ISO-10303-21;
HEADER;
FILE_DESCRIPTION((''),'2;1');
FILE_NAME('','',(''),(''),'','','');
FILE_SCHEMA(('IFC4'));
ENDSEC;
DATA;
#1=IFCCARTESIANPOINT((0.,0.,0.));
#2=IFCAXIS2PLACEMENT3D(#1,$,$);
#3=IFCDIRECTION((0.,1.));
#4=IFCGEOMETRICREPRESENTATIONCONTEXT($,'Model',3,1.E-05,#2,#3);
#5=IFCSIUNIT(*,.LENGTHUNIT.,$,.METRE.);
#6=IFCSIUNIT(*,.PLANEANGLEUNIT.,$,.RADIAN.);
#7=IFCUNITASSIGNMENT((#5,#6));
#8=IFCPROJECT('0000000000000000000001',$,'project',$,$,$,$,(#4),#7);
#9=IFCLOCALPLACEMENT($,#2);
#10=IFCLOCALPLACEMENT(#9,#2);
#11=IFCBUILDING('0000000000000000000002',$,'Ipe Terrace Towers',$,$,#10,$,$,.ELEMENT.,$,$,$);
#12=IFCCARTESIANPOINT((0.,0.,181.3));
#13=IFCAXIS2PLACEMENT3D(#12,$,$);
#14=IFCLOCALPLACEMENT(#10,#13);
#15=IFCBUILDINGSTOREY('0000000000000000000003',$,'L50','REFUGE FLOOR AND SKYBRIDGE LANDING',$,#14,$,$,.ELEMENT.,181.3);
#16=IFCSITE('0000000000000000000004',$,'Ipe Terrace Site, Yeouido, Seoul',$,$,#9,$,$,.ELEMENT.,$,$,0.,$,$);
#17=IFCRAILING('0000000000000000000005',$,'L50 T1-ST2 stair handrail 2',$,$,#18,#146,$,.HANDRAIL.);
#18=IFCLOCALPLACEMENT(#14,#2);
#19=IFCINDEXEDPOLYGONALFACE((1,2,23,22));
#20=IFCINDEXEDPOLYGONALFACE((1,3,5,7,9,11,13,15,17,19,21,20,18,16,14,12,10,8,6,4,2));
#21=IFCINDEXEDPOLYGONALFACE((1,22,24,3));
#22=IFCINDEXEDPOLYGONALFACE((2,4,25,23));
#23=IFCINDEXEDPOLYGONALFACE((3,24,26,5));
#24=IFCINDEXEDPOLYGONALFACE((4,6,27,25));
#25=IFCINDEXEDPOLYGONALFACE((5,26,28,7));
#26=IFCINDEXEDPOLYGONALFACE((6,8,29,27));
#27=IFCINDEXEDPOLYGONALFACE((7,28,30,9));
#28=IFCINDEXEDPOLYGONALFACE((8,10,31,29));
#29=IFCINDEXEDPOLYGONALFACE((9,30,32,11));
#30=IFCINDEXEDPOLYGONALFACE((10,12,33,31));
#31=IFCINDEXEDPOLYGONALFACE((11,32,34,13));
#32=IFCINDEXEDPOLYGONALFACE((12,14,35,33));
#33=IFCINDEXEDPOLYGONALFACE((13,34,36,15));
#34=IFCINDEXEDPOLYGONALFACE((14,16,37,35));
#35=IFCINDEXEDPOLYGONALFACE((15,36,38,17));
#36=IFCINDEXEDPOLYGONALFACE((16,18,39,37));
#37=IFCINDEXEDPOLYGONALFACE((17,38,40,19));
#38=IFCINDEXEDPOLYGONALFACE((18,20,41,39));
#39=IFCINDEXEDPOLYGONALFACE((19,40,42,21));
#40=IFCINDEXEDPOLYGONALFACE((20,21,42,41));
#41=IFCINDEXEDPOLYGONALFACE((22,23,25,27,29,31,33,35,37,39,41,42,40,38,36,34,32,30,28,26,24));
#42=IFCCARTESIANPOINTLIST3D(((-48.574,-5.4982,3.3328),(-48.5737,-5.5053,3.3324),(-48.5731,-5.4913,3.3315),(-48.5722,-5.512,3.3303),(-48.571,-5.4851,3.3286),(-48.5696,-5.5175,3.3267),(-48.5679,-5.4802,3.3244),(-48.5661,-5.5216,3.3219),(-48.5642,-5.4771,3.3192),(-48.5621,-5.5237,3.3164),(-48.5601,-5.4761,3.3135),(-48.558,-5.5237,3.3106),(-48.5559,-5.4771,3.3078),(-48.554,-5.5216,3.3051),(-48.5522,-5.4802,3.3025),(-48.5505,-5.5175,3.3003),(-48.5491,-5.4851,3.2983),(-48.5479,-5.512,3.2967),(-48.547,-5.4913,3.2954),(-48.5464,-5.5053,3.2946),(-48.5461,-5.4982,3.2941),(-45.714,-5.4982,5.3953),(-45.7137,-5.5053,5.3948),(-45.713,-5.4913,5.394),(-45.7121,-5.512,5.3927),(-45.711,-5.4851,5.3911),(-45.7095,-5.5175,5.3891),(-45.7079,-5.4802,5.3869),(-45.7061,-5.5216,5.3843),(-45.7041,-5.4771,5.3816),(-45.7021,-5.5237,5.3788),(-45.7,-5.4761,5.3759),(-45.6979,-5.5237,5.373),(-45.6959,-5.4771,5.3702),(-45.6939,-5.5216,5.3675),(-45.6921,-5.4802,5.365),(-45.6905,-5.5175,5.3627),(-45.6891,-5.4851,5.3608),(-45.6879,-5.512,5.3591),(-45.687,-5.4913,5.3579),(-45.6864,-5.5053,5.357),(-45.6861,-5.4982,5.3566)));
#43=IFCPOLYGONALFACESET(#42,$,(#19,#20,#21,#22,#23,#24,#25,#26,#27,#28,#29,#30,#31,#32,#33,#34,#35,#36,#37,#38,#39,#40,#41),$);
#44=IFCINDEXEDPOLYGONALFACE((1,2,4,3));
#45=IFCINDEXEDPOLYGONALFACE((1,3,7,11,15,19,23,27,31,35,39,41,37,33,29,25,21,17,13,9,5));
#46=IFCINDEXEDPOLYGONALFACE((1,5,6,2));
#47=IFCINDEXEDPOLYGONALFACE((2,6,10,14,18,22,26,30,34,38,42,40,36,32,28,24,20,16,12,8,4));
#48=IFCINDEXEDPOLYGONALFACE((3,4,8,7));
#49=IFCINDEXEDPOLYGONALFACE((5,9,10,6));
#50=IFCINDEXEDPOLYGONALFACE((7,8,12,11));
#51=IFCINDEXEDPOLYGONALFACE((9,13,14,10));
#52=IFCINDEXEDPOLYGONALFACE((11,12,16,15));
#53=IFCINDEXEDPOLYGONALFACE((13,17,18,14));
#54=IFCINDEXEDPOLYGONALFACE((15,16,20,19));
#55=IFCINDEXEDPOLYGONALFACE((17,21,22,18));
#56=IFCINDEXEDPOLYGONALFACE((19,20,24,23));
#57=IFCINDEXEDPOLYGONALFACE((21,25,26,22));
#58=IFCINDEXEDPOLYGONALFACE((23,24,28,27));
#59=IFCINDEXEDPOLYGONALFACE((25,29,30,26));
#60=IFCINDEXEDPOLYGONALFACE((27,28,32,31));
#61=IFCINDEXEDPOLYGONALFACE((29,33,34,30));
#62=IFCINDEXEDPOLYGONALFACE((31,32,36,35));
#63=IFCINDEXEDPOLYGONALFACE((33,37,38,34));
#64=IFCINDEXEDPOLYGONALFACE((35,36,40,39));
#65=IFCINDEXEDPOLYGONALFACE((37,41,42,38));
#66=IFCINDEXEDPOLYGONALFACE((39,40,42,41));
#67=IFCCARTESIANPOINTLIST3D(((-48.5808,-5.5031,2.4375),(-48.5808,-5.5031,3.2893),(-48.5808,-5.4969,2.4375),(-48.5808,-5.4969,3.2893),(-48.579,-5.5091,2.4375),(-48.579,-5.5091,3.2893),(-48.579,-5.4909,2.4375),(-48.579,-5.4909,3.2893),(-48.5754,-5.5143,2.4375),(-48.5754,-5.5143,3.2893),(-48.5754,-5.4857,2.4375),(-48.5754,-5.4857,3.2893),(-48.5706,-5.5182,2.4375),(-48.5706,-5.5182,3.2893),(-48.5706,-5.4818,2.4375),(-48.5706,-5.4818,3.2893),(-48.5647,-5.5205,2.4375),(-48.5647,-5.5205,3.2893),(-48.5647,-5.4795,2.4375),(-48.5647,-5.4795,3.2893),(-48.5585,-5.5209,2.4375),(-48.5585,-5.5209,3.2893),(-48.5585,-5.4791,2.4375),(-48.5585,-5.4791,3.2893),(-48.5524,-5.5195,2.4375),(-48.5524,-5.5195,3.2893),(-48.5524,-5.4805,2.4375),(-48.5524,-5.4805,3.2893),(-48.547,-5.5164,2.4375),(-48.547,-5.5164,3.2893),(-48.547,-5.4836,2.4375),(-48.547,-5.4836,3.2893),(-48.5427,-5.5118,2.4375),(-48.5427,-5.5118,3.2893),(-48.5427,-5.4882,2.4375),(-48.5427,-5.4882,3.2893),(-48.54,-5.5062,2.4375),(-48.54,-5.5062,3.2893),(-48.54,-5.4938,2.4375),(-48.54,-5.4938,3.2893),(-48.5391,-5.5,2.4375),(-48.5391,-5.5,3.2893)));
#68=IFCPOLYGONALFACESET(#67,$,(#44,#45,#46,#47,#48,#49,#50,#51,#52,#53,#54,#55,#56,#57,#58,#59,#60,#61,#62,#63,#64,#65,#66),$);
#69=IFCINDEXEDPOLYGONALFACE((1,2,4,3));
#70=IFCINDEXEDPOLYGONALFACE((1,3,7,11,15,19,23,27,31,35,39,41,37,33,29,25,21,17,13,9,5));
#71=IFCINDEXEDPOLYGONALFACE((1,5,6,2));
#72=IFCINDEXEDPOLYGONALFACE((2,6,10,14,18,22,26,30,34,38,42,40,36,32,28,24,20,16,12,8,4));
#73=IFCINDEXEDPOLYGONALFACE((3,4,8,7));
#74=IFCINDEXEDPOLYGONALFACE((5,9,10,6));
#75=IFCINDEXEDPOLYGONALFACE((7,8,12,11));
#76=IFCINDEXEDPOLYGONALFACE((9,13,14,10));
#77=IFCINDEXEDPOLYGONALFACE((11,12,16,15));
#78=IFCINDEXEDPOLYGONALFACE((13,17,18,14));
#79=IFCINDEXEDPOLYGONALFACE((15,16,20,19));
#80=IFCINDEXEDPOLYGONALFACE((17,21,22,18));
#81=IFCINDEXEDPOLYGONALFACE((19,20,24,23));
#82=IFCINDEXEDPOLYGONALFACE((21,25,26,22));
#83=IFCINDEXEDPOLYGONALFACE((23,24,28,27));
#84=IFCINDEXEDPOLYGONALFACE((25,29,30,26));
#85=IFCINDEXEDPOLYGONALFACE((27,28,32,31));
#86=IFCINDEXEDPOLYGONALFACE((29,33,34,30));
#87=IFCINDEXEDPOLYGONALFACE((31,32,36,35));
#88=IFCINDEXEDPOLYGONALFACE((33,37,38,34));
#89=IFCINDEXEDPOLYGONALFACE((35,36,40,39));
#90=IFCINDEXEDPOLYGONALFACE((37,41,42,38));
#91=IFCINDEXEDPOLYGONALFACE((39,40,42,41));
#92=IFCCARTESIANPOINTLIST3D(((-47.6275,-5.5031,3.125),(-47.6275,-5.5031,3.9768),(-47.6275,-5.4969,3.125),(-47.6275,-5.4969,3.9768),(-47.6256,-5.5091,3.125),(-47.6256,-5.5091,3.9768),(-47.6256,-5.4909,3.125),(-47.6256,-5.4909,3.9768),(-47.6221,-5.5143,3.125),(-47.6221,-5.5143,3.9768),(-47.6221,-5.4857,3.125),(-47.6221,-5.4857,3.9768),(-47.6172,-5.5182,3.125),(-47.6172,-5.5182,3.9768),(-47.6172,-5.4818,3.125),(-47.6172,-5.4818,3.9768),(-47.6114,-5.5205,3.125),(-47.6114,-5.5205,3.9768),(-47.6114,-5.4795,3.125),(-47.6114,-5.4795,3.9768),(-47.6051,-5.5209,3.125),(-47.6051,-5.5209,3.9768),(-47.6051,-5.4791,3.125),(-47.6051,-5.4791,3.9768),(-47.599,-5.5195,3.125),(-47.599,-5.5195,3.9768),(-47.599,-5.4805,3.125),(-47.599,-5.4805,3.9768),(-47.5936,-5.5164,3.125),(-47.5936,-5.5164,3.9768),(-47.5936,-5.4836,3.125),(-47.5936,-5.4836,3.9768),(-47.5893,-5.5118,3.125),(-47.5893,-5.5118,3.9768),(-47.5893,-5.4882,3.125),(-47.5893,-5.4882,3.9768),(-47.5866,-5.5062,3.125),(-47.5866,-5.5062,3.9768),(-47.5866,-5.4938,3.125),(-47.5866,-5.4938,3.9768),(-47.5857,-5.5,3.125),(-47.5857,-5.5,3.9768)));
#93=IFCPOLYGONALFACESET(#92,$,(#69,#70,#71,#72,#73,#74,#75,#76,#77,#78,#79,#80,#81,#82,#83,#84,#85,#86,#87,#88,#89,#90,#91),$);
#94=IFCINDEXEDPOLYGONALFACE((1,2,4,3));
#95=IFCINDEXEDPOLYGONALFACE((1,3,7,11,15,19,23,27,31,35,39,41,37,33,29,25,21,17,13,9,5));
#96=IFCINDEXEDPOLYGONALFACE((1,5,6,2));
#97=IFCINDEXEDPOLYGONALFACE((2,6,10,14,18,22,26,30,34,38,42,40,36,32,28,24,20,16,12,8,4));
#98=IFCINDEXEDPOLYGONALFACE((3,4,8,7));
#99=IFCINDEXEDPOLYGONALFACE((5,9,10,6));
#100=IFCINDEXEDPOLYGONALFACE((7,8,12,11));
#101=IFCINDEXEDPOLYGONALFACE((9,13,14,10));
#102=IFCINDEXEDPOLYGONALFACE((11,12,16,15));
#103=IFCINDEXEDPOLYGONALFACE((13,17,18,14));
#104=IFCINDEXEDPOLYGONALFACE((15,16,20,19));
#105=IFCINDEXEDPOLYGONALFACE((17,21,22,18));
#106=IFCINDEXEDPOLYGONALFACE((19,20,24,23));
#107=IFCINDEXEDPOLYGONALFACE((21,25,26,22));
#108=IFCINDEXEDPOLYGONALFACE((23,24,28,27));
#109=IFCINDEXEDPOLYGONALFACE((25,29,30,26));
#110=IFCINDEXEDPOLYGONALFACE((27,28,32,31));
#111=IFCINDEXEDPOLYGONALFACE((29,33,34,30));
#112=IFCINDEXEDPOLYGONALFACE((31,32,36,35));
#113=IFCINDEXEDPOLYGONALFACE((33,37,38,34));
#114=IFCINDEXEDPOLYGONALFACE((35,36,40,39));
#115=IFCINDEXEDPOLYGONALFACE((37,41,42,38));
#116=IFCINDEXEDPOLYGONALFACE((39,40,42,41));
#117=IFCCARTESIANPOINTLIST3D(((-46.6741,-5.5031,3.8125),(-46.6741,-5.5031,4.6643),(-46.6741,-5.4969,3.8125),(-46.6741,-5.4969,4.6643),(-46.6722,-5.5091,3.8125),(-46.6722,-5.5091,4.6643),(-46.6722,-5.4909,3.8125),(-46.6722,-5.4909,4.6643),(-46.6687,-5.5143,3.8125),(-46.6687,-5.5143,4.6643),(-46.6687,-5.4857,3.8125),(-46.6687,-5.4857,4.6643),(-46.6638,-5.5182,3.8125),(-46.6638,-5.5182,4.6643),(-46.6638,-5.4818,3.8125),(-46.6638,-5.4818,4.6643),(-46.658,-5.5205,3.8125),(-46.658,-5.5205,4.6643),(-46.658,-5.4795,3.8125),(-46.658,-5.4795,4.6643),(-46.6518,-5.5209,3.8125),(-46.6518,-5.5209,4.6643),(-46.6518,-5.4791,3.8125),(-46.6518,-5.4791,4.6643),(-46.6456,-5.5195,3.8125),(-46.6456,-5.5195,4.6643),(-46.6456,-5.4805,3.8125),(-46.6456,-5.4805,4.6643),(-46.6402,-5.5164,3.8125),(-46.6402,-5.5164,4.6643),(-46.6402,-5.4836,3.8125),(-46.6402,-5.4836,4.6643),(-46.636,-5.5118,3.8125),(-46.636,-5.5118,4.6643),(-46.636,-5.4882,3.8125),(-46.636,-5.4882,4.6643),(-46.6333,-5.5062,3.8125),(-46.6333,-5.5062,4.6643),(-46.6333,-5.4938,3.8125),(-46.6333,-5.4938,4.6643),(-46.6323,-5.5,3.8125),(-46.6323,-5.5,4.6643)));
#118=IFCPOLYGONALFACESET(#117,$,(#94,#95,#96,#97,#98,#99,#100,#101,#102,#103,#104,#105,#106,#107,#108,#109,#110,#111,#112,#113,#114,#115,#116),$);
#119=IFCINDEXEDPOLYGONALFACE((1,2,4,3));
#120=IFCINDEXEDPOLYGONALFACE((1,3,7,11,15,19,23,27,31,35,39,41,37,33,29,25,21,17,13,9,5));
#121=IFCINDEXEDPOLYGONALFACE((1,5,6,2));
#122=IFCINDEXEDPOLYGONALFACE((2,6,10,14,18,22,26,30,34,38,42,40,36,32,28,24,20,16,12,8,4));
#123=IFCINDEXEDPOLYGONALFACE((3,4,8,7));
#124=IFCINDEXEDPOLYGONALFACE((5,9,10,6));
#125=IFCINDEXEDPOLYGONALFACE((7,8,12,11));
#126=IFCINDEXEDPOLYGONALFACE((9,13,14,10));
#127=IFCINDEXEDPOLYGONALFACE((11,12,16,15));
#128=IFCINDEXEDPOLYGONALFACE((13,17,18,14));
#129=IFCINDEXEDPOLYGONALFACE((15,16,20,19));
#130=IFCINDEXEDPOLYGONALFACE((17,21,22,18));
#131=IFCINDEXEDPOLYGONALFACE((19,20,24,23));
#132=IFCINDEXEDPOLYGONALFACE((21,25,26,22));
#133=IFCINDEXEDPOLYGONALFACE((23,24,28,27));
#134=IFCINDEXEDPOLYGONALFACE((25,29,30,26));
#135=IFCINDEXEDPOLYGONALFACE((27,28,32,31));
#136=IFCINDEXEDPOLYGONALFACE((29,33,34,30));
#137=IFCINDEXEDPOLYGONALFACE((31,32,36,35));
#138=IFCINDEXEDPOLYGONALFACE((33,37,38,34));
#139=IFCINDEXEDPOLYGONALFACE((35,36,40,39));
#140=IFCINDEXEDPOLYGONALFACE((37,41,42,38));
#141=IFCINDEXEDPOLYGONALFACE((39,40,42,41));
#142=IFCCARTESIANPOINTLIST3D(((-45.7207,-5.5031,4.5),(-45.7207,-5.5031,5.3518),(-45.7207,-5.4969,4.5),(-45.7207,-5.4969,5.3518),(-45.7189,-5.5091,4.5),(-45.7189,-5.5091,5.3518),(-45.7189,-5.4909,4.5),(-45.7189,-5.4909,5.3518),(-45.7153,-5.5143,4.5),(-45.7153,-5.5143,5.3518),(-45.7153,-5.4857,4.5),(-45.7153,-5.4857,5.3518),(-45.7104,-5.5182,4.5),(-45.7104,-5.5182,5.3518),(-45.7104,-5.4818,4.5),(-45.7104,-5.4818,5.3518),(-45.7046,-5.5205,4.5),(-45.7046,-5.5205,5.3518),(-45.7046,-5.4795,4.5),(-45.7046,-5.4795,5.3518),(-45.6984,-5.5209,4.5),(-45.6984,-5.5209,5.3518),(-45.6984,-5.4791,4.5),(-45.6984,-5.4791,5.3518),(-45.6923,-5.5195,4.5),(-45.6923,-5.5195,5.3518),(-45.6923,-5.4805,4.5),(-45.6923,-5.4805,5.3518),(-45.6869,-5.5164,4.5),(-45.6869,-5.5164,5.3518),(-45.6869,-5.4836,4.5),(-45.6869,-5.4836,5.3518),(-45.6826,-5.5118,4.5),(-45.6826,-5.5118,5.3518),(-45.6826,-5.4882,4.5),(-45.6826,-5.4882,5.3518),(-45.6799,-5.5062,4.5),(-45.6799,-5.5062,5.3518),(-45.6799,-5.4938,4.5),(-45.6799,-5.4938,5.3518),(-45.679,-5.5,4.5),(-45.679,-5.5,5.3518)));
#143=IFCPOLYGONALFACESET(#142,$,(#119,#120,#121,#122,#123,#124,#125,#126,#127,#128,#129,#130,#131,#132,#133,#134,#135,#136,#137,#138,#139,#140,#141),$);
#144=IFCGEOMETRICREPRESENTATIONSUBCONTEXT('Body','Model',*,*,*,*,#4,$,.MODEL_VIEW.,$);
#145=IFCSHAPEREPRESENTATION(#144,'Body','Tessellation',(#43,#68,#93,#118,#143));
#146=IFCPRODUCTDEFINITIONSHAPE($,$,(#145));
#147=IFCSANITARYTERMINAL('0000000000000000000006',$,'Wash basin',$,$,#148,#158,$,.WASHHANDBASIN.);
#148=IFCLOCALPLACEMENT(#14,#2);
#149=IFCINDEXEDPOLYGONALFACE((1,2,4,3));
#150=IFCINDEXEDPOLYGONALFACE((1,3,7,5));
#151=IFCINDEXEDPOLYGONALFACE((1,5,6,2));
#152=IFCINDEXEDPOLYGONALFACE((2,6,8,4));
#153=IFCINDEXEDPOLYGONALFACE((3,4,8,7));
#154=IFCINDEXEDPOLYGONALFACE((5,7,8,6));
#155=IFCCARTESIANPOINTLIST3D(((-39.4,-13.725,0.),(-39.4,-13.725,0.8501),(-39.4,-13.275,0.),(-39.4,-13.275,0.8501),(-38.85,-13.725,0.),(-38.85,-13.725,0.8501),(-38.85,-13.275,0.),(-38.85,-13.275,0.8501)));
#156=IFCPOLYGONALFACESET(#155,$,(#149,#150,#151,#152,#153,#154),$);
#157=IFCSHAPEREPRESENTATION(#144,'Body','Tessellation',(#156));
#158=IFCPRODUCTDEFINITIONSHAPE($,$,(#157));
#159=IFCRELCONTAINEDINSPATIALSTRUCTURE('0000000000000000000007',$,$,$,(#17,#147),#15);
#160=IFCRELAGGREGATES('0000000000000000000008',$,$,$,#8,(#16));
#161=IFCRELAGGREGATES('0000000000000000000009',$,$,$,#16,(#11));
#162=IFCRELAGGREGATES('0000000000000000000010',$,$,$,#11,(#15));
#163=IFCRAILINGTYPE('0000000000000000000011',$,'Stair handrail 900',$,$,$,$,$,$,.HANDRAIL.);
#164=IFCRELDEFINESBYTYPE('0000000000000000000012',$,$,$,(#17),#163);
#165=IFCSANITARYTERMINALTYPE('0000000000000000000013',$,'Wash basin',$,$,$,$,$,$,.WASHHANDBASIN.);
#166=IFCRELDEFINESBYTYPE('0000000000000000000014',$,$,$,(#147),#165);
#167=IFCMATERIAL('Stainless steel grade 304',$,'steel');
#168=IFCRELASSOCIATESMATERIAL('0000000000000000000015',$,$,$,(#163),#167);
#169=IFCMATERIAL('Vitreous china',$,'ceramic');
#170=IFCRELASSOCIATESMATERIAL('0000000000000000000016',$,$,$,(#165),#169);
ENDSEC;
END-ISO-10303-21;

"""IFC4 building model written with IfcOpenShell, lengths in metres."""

from ifc_helpers import new_model, si_unit, direction, frame, origin, origin_2d, place, context, subcontext, project, spatial, rectangle, circle, extrude, material, type_object, element, save


model = new_model("IFC4")

# Units and contexts
model_context = context("Model", 3, precision=1e-05, world=origin(), true_north=direction((0.0, 1.0)))
body_context = subcontext(model_context, "Body", "Model", "MODEL_VIEW")
ifc_project = project(units=[si_unit("LENGTHUNIT", "METRE"), si_unit("PLANEANGLEUNIT", "RADIAN")], contexts=[model_context])

# Site, building, storey
site_placement = place(None, origin())
site = spatial("IfcSite", under=ifc_project, at=site_placement, Name="Ipe Terrace Site, Yeouido, Seoul", CompositionType="ELEMENT", RefElevation=0.0)
building_placement = place(site_placement, origin())
building = spatial("IfcBuilding", under=site, at=building_placement, Name="Ipe Terrace Towers", CompositionType="ELEMENT")
storey_placement = place(building_placement, frame((0.0, 0.0, 181.3)))
storey = spatial("IfcBuildingStorey", under=building, at=storey_placement, Name="L50", Description="REFUGE FLOOR AND SKYBRIDGE LANDING", CompositionType="ELEMENT", Elevation=181.3)

# Railing
ifc_material_1 = material(Name="Stainless steel grade 304", Category="steel")
railing_type_1 = type_object("IfcRailingType", Name="Stair handrail 900", PredefinedType="HANDRAIL", material=ifc_material_1)
railing_1_placement = place(storey_placement, frame((-48.5601, -5.5, 2.4375)))
element("IfcRailing", 1, at=railing_1_placement, inside=storey, type_object=railing_type_1, Name="L50 T1-ST2 stair handrail 2", PredefinedType="HANDRAIL", context=body_context, shape_type="SweptSolid", body=[
    extrude(circle(Radius=0.0239, at=origin_2d()), frame((0.0, 0.0, 0.876), z_axis=(0.811101, 0.0, 0.584906), x_axis=(0.0, 1.0, 0.0)), (0.0, 0.0, 1.0), 3.5261),
    extrude(circle(Radius=0.021, at=origin_2d()), origin(), (0.0, 0.0, 1.0), 0.8518),
    extrude(circle(Radius=0.021, at=origin_2d()), frame((0.9534, 0.0, 0.6875)), (0.0, 0.0, 1.0), 0.8518),
    extrude(circle(Radius=0.021, at=origin_2d()), frame((1.9067, 0.0, 1.375)), (0.0, 0.0, 1.0), 0.8518),
    extrude(circle(Radius=0.021, at=origin_2d()), frame((2.8601, 0.0, 2.0625)), (0.0, 0.0, 1.0), 0.8518),
])

# Sanitary terminal
ifc_material_2 = material(Name="Vitreous china", Category="ceramic")
sanitary_terminal_type = type_object("IfcSanitaryTerminalType", Name="Wash basin", PredefinedType="WASHHANDBASIN", material=ifc_material_2)
sanitary_terminal_placement = place(storey_placement, frame((-39.125, -13.5, 0.0), z_axis=(0.0, 0.0, 1.0), x_axis=(1.0, 0.0, 0.0)))
element("IfcSanitaryTerminal", 2, at=sanitary_terminal_placement, inside=storey, type_object=sanitary_terminal_type, Name="Wash basin", PredefinedType="WASHHANDBASIN", context=body_context, shape_type="SweptSolid", body=[
    extrude(rectangle(XDim=0.55, YDim=0.45, at=origin_2d()), origin(), (0.0, 0.0, 1.0), 0.8501),
])

save(model, "model.ifc")
